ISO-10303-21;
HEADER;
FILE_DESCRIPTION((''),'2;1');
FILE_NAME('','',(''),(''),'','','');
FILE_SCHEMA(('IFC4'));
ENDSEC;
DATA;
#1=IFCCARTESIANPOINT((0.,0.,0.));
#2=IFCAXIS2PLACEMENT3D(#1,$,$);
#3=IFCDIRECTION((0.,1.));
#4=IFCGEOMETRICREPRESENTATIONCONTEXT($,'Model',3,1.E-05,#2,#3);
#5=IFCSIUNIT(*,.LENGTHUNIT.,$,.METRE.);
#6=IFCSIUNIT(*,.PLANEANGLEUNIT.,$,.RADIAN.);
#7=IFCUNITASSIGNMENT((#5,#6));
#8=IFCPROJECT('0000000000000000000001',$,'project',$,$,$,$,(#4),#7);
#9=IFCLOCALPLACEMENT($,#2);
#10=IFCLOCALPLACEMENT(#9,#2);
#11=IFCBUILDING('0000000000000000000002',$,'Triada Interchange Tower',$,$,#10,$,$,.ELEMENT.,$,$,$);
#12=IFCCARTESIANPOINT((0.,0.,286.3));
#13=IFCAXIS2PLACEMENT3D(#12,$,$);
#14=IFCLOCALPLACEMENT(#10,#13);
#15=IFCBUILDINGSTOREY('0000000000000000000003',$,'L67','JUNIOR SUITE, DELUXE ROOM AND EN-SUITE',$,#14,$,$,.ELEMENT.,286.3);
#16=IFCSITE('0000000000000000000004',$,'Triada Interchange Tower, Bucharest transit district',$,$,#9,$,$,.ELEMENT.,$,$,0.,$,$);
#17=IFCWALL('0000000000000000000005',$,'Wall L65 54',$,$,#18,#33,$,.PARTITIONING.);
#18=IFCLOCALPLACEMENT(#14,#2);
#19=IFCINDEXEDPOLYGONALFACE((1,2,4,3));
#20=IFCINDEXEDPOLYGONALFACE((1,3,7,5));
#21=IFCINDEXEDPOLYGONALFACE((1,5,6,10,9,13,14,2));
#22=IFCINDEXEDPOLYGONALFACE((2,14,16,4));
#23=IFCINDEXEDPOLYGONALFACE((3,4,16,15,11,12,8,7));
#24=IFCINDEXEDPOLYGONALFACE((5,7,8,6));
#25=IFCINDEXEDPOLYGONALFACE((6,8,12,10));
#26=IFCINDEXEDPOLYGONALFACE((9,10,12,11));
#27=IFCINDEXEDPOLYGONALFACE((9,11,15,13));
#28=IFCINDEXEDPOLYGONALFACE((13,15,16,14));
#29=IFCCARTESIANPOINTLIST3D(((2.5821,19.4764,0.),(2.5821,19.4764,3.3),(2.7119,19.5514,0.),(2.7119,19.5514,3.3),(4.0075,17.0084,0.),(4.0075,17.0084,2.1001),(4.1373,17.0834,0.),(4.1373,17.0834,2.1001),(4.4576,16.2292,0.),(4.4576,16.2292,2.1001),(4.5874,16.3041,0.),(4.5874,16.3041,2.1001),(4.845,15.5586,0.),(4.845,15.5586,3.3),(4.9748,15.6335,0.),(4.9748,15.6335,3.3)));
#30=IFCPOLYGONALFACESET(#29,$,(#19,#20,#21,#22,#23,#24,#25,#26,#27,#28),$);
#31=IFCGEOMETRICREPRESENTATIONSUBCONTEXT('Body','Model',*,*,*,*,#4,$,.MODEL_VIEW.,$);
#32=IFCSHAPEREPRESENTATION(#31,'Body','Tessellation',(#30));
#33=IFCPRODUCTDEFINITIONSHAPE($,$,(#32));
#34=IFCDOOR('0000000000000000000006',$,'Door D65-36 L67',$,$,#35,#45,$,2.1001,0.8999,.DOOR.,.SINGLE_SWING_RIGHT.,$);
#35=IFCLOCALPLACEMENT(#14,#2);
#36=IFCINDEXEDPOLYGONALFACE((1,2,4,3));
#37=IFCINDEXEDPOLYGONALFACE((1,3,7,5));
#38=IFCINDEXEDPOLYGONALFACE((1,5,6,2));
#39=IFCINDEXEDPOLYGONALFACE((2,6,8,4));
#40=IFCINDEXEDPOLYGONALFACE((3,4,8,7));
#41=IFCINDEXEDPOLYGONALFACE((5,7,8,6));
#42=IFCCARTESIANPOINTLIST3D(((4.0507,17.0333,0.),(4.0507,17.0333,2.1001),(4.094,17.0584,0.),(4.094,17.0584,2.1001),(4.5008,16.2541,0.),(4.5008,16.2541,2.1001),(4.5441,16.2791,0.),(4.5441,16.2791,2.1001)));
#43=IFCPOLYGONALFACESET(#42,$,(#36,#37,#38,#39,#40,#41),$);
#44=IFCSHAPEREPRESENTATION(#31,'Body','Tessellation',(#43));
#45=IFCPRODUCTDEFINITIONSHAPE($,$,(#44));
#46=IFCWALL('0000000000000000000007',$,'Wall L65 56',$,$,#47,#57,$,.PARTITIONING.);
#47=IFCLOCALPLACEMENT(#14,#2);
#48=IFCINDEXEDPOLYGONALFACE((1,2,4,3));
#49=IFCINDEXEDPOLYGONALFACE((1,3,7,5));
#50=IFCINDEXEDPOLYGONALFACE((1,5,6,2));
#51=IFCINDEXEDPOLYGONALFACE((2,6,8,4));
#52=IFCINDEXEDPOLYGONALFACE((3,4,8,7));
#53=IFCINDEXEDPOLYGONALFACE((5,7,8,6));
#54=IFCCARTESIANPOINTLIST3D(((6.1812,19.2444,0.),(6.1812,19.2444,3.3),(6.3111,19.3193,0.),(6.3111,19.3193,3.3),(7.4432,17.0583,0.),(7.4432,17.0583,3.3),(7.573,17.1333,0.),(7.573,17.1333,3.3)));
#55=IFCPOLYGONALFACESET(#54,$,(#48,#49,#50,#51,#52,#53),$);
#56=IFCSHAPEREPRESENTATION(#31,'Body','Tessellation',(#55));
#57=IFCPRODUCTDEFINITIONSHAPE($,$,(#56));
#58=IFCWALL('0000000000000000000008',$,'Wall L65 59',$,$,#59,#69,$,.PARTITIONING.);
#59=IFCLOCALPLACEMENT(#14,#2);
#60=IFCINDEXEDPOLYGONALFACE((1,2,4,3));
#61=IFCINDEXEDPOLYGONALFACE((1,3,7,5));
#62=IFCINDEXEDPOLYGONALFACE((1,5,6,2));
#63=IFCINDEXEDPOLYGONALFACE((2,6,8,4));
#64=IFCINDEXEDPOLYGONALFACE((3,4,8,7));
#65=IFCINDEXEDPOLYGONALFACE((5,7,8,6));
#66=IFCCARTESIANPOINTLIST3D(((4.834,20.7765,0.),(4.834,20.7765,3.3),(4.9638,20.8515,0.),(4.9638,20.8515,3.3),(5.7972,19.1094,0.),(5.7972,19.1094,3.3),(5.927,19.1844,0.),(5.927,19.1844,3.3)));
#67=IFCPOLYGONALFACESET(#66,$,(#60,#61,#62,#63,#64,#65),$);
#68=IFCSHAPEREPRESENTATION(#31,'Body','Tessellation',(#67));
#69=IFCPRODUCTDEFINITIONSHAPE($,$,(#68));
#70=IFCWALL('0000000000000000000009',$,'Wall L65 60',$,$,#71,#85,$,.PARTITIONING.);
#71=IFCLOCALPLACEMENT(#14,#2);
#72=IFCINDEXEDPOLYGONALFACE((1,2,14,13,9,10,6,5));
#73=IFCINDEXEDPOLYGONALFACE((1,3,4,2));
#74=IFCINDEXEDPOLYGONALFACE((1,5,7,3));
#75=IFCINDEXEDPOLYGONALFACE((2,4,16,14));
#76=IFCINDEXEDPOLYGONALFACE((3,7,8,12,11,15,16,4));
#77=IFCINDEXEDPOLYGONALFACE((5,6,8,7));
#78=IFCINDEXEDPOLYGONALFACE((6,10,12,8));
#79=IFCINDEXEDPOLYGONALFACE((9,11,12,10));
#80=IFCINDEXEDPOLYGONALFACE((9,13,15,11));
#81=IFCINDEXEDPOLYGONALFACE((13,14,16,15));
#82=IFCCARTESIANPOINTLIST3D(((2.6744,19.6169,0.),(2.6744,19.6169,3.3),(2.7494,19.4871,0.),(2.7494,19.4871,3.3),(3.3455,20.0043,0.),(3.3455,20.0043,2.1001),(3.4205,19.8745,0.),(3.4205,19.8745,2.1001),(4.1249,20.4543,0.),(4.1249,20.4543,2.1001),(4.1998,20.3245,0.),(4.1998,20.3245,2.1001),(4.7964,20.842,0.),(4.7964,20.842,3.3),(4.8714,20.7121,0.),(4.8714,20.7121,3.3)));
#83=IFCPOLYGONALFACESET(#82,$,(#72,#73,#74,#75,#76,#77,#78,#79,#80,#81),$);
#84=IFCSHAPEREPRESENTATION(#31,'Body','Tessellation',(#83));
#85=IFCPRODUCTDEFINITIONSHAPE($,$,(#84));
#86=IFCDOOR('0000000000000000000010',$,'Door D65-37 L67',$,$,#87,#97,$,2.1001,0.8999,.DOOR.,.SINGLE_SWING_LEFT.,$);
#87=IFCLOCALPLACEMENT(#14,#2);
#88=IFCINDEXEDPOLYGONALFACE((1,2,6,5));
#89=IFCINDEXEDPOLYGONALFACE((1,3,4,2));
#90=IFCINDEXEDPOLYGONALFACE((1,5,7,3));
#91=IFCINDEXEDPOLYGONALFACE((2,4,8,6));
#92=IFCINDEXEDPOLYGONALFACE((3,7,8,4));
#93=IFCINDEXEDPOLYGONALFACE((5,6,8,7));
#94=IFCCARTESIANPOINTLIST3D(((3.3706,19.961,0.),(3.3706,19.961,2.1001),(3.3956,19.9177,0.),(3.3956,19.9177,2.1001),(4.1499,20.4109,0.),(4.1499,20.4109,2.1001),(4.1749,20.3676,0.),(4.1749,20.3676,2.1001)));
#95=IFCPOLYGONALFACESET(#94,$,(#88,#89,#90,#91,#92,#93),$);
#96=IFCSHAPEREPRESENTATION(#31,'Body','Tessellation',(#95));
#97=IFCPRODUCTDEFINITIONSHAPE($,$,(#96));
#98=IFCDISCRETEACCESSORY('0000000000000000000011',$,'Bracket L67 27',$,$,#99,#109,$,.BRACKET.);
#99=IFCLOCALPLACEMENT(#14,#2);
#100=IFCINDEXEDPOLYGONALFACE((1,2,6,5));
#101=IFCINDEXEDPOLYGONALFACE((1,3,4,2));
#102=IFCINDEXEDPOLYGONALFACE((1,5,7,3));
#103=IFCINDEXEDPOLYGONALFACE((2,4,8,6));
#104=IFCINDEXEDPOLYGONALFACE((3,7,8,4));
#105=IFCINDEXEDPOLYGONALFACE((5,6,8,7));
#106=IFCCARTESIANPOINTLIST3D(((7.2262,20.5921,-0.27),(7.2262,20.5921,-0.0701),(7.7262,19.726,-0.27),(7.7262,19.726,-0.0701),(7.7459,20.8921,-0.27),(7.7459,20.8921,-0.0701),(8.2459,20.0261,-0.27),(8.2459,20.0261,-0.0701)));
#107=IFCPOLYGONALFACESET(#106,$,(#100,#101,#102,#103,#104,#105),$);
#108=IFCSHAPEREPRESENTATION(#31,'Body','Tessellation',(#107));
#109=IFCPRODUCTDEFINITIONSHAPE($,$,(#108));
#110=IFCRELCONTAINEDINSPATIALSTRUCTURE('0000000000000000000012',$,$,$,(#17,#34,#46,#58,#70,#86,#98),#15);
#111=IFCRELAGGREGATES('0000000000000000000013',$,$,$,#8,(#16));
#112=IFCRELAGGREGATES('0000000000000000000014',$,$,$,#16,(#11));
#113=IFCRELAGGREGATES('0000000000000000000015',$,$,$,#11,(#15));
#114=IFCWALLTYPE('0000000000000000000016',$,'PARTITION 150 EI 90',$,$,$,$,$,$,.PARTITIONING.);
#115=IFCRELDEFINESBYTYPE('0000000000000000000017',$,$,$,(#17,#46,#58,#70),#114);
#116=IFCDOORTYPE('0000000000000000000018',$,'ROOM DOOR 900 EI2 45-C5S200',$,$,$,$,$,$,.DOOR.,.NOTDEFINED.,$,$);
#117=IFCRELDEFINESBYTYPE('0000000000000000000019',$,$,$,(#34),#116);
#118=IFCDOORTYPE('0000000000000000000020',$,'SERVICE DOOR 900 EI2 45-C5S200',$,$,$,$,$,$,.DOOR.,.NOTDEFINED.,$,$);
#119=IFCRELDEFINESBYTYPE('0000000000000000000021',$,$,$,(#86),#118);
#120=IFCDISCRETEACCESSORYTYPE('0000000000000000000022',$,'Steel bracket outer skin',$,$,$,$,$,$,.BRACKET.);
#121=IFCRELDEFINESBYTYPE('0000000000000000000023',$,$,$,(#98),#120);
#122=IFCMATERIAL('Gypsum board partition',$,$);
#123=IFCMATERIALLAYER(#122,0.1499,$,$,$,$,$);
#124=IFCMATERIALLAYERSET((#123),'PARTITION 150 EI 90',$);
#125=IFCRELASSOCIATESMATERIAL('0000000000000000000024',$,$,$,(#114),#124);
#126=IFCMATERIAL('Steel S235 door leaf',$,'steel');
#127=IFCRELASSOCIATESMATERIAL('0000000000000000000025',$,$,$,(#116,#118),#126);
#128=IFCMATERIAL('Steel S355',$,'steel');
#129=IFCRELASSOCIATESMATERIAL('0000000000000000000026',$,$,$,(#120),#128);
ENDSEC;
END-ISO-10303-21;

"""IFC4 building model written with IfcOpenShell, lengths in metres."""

from ifc_helpers import new_model, si_unit, direction, frame, frame_2d, origin, origin_2d, place, context, subcontext, project, spatial, rectangle, extrude, material, layer, layer_set, type_object, element, fill, save


model = new_model("IFC4")

# Units and contexts
model_context = context("Model", 3, precision=1e-05, world=origin(), true_north=direction((0.0, 1.0)))
body_context = subcontext(model_context, "Body", "Model", "MODEL_VIEW")
ifc_project = project(units=[si_unit("LENGTHUNIT", "METRE"), si_unit("PLANEANGLEUNIT", "RADIAN")], contexts=[model_context])

# Site, building, storey
site_placement = place(None, origin())
site = spatial("IfcSite", under=ifc_project, at=site_placement, Name="Triada Interchange Tower, Bucharest transit district", CompositionType="ELEMENT", RefElevation=0.0)
building_placement = place(site_placement, origin())
building = spatial("IfcBuilding", under=site, at=building_placement, Name="Triada Interchange Tower", CompositionType="ELEMENT")
storey_placement = place(building_placement, frame((0.0, 0.0, 286.3)))
storey = spatial("IfcBuildingStorey", under=building, at=storey_placement, Name="L67", Description="JUNIOR SUITE, DELUXE ROOM AND EN-SUITE", CompositionType="ELEMENT", Elevation=286.3)

# Shared definitions
ifc_material_1 = material(Name="Gypsum board partition")

# Shared definitions
ifc_material_2 = material(Name="Steel S235 door leaf", Category="steel")

# Wall, opening, door
ifc_layer_1 = layer(ifc_material_1, 0.1499)
ifc_layer_set_1 = layer_set([ifc_layer_1], Name="PARTITION 150 EI 90")
wall_type_1 = type_object("IfcWallType", Name="PARTITION 150 EI 90", PredefinedType="PARTITIONING", material=ifc_layer_set_1)
wall_1_placement = place(storey_placement, frame((2.647, 19.5139, 0.0), z_axis=(0.0, 0.0, 1.0), x_axis=(0.500149, -0.865939, 0.0)))
wall_1 = element("IfcWall", 1, at=wall_1_placement, inside=storey, type_object=wall_type_1, Name="Wall L65 54", PredefinedType="PARTITIONING", context=body_context, shape_type="SweptSolid", body=[
    extrude(rectangle(XDim=4.5244, YDim=0.1499, at=frame_2d((2.2622, 0.0))), origin(), (0.0, 0.0, 1.0), 3.3),
])
opening_1_placement = place(wall_1_placement, frame((2.8501, 0.0, 0.0)))
opening_1 = element("IfcOpeningElement", 2, at=opening_1_placement, cuts=wall_1, PredefinedType="OPENING", context=body_context, shape_type="SweptSolid", body=[
    extrude(rectangle(XDim=0.8999, YDim=2.1001, at=frame_2d((0.45, 1.05))), frame((0.0, 0.085, 0.0), z_axis=(0.0, -1.0, 0.0), x_axis=(1.0, 0.0, 0.0)), (0.0, 0.0, 1.0), 0.1699),
])
door_type_1 = type_object("IfcDoorType", Name="ROOM DOOR 900 EI2 45-C5S200", OperationType="NOTDEFINED", PredefinedType="DOOR", material=ifc_material_2)
door_1_placement = place(opening_1_placement, origin())
door_1 = element("IfcDoor", 3, at=door_1_placement, inside=storey, type_object=door_type_1, Name="Door D65-36 L67", OperationType="SINGLE_SWING_RIGHT", OverallHeight=2.1001, OverallWidth=0.8999, PredefinedType="DOOR", context=body_context, shape_type="SweptSolid", body=[
    extrude(rectangle(XDim=0.8999, YDim=2.1001, at=frame_2d((0.45, 1.05))), frame((0.0, 0.0249, 0.0), z_axis=(0.0, -1.0, 0.0), x_axis=(1.0, 0.0, 0.0)), (0.0, 0.0, 1.0), 0.05),
])
fill(opening_1, door_1)

# Walls
wall_2_placement = place(storey_placement, frame((6.2461, 19.282, 0.0), z_axis=(0.0, 0.0, 1.0), x_axis=(0.499957, -0.86605, 0.0)))
element("IfcWall", 4, at=wall_2_placement, inside=storey, type_object=wall_type_1, Name="Wall L65 56", PredefinedType="PARTITIONING", context=body_context, shape_type="SweptSolid", body=[
    extrude(rectangle(XDim=2.5242, YDim=0.1499, at=frame_2d((1.2622, 0.0))), origin(), (0.0, 0.0, 1.0), 3.3),
])
wall_3_placement = place(storey_placement, frame((4.8989, 20.814, 0.0), z_axis=(0.0, 0.0, 1.0), x_axis=(0.500271, -0.865869, 0.0)))
element("IfcWall", 5, at=wall_3_placement, inside=storey, type_object=wall_type_1, Name="Wall L65 59", PredefinedType="PARTITIONING", context=body_context, shape_type="SweptSolid", body=[
    extrude(rectangle(XDim=1.9253, YDim=0.1499, at=frame_2d((0.9626, 0.0))), origin(), (0.0, 0.0, 1.0), 3.3),
])

# Wall, opening, door
wall_4_placement = place(storey_placement, frame((2.7119, 19.552, 0.0), z_axis=(0.0, 0.0, 1.0), x_axis=(0.86604, 0.499975, 0.0)))
wall_4 = element("IfcWall", 6, at=wall_4_placement, inside=storey, type_object=wall_type_1, Name="Wall L65 60", PredefinedType="PARTITIONING", context=body_context, shape_type="SweptSolid", body=[
    extrude(rectangle(XDim=2.4502, YDim=0.1499, at=frame_2d((1.2251, 0.0))), origin(), (0.0, 0.0, 1.0), 3.3),
])
opening_2_placement = place(wall_4_placement, frame((0.7749, 0.0, 0.0)))
opening_2 = element("IfcOpeningElement", 7, at=opening_2_placement, cuts=wall_4, PredefinedType="OPENING", context=body_context, shape_type="SweptSolid", body=[
    extrude(rectangle(XDim=0.8999, YDim=2.1001, at=frame_2d((0.45, 1.05))), frame((0.0, 0.085, 0.0), z_axis=(0.0, -1.0, 0.0), x_axis=(1.0, 0.0, 0.0)), (0.0, 0.0, 1.0), 0.1699),
])
door_type_2 = type_object("IfcDoorType", Name="SERVICE DOOR 900 EI2 45-C5S200", OperationType="NOTDEFINED", PredefinedType="DOOR", material=ifc_material_2)
door_2_placement = place(opening_2_placement, origin())
door_2 = element("IfcDoor", 8, at=door_2_placement, inside=storey, type_object=door_type_2, Name="Door D65-37 L67", OperationType="SINGLE_SWING_LEFT", OverallHeight=2.1001, OverallWidth=0.8999, PredefinedType="DOOR", context=body_context, shape_type="SweptSolid", body=[
    extrude(rectangle(XDim=0.8999, YDim=2.1001, at=frame_2d((0.45, 1.05))), frame((0.0, 0.0249, 0.0), z_axis=(0.0, -1.0, 0.0), x_axis=(1.0, 0.0, 0.0)), (0.0, 0.0, 1.0), 0.05),
])
fill(opening_2, door_2)

# Discrete accessory
ifc_material_3 = material(Name="Steel S355", Category="steel")
discrete_accessory_type = type_object("IfcDiscreteAccessoryType", Name="Steel bracket outer skin", PredefinedType="BRACKET", material=ifc_material_3)
discrete_accessory_placement = place(storey_placement, frame((7.7361, 20.3091, -0.27), z_axis=(0.0, 0.0, 1.0), x_axis=(0.866024, 0.500002, 0.0)))
element("IfcDiscreteAccessory", 9, at=discrete_accessory_placement, inside=storey, type_object=discrete_accessory_type, Name="Bracket L67 27", PredefinedType="BRACKET", context=body_context, shape_type="SweptSolid", body=[
    extrude(rectangle(XDim=0.6001, YDim=1.0, at=origin_2d()), origin(), (0.0, 0.0, 1.0), 0.2),
])

save(model, "model.ifc")
